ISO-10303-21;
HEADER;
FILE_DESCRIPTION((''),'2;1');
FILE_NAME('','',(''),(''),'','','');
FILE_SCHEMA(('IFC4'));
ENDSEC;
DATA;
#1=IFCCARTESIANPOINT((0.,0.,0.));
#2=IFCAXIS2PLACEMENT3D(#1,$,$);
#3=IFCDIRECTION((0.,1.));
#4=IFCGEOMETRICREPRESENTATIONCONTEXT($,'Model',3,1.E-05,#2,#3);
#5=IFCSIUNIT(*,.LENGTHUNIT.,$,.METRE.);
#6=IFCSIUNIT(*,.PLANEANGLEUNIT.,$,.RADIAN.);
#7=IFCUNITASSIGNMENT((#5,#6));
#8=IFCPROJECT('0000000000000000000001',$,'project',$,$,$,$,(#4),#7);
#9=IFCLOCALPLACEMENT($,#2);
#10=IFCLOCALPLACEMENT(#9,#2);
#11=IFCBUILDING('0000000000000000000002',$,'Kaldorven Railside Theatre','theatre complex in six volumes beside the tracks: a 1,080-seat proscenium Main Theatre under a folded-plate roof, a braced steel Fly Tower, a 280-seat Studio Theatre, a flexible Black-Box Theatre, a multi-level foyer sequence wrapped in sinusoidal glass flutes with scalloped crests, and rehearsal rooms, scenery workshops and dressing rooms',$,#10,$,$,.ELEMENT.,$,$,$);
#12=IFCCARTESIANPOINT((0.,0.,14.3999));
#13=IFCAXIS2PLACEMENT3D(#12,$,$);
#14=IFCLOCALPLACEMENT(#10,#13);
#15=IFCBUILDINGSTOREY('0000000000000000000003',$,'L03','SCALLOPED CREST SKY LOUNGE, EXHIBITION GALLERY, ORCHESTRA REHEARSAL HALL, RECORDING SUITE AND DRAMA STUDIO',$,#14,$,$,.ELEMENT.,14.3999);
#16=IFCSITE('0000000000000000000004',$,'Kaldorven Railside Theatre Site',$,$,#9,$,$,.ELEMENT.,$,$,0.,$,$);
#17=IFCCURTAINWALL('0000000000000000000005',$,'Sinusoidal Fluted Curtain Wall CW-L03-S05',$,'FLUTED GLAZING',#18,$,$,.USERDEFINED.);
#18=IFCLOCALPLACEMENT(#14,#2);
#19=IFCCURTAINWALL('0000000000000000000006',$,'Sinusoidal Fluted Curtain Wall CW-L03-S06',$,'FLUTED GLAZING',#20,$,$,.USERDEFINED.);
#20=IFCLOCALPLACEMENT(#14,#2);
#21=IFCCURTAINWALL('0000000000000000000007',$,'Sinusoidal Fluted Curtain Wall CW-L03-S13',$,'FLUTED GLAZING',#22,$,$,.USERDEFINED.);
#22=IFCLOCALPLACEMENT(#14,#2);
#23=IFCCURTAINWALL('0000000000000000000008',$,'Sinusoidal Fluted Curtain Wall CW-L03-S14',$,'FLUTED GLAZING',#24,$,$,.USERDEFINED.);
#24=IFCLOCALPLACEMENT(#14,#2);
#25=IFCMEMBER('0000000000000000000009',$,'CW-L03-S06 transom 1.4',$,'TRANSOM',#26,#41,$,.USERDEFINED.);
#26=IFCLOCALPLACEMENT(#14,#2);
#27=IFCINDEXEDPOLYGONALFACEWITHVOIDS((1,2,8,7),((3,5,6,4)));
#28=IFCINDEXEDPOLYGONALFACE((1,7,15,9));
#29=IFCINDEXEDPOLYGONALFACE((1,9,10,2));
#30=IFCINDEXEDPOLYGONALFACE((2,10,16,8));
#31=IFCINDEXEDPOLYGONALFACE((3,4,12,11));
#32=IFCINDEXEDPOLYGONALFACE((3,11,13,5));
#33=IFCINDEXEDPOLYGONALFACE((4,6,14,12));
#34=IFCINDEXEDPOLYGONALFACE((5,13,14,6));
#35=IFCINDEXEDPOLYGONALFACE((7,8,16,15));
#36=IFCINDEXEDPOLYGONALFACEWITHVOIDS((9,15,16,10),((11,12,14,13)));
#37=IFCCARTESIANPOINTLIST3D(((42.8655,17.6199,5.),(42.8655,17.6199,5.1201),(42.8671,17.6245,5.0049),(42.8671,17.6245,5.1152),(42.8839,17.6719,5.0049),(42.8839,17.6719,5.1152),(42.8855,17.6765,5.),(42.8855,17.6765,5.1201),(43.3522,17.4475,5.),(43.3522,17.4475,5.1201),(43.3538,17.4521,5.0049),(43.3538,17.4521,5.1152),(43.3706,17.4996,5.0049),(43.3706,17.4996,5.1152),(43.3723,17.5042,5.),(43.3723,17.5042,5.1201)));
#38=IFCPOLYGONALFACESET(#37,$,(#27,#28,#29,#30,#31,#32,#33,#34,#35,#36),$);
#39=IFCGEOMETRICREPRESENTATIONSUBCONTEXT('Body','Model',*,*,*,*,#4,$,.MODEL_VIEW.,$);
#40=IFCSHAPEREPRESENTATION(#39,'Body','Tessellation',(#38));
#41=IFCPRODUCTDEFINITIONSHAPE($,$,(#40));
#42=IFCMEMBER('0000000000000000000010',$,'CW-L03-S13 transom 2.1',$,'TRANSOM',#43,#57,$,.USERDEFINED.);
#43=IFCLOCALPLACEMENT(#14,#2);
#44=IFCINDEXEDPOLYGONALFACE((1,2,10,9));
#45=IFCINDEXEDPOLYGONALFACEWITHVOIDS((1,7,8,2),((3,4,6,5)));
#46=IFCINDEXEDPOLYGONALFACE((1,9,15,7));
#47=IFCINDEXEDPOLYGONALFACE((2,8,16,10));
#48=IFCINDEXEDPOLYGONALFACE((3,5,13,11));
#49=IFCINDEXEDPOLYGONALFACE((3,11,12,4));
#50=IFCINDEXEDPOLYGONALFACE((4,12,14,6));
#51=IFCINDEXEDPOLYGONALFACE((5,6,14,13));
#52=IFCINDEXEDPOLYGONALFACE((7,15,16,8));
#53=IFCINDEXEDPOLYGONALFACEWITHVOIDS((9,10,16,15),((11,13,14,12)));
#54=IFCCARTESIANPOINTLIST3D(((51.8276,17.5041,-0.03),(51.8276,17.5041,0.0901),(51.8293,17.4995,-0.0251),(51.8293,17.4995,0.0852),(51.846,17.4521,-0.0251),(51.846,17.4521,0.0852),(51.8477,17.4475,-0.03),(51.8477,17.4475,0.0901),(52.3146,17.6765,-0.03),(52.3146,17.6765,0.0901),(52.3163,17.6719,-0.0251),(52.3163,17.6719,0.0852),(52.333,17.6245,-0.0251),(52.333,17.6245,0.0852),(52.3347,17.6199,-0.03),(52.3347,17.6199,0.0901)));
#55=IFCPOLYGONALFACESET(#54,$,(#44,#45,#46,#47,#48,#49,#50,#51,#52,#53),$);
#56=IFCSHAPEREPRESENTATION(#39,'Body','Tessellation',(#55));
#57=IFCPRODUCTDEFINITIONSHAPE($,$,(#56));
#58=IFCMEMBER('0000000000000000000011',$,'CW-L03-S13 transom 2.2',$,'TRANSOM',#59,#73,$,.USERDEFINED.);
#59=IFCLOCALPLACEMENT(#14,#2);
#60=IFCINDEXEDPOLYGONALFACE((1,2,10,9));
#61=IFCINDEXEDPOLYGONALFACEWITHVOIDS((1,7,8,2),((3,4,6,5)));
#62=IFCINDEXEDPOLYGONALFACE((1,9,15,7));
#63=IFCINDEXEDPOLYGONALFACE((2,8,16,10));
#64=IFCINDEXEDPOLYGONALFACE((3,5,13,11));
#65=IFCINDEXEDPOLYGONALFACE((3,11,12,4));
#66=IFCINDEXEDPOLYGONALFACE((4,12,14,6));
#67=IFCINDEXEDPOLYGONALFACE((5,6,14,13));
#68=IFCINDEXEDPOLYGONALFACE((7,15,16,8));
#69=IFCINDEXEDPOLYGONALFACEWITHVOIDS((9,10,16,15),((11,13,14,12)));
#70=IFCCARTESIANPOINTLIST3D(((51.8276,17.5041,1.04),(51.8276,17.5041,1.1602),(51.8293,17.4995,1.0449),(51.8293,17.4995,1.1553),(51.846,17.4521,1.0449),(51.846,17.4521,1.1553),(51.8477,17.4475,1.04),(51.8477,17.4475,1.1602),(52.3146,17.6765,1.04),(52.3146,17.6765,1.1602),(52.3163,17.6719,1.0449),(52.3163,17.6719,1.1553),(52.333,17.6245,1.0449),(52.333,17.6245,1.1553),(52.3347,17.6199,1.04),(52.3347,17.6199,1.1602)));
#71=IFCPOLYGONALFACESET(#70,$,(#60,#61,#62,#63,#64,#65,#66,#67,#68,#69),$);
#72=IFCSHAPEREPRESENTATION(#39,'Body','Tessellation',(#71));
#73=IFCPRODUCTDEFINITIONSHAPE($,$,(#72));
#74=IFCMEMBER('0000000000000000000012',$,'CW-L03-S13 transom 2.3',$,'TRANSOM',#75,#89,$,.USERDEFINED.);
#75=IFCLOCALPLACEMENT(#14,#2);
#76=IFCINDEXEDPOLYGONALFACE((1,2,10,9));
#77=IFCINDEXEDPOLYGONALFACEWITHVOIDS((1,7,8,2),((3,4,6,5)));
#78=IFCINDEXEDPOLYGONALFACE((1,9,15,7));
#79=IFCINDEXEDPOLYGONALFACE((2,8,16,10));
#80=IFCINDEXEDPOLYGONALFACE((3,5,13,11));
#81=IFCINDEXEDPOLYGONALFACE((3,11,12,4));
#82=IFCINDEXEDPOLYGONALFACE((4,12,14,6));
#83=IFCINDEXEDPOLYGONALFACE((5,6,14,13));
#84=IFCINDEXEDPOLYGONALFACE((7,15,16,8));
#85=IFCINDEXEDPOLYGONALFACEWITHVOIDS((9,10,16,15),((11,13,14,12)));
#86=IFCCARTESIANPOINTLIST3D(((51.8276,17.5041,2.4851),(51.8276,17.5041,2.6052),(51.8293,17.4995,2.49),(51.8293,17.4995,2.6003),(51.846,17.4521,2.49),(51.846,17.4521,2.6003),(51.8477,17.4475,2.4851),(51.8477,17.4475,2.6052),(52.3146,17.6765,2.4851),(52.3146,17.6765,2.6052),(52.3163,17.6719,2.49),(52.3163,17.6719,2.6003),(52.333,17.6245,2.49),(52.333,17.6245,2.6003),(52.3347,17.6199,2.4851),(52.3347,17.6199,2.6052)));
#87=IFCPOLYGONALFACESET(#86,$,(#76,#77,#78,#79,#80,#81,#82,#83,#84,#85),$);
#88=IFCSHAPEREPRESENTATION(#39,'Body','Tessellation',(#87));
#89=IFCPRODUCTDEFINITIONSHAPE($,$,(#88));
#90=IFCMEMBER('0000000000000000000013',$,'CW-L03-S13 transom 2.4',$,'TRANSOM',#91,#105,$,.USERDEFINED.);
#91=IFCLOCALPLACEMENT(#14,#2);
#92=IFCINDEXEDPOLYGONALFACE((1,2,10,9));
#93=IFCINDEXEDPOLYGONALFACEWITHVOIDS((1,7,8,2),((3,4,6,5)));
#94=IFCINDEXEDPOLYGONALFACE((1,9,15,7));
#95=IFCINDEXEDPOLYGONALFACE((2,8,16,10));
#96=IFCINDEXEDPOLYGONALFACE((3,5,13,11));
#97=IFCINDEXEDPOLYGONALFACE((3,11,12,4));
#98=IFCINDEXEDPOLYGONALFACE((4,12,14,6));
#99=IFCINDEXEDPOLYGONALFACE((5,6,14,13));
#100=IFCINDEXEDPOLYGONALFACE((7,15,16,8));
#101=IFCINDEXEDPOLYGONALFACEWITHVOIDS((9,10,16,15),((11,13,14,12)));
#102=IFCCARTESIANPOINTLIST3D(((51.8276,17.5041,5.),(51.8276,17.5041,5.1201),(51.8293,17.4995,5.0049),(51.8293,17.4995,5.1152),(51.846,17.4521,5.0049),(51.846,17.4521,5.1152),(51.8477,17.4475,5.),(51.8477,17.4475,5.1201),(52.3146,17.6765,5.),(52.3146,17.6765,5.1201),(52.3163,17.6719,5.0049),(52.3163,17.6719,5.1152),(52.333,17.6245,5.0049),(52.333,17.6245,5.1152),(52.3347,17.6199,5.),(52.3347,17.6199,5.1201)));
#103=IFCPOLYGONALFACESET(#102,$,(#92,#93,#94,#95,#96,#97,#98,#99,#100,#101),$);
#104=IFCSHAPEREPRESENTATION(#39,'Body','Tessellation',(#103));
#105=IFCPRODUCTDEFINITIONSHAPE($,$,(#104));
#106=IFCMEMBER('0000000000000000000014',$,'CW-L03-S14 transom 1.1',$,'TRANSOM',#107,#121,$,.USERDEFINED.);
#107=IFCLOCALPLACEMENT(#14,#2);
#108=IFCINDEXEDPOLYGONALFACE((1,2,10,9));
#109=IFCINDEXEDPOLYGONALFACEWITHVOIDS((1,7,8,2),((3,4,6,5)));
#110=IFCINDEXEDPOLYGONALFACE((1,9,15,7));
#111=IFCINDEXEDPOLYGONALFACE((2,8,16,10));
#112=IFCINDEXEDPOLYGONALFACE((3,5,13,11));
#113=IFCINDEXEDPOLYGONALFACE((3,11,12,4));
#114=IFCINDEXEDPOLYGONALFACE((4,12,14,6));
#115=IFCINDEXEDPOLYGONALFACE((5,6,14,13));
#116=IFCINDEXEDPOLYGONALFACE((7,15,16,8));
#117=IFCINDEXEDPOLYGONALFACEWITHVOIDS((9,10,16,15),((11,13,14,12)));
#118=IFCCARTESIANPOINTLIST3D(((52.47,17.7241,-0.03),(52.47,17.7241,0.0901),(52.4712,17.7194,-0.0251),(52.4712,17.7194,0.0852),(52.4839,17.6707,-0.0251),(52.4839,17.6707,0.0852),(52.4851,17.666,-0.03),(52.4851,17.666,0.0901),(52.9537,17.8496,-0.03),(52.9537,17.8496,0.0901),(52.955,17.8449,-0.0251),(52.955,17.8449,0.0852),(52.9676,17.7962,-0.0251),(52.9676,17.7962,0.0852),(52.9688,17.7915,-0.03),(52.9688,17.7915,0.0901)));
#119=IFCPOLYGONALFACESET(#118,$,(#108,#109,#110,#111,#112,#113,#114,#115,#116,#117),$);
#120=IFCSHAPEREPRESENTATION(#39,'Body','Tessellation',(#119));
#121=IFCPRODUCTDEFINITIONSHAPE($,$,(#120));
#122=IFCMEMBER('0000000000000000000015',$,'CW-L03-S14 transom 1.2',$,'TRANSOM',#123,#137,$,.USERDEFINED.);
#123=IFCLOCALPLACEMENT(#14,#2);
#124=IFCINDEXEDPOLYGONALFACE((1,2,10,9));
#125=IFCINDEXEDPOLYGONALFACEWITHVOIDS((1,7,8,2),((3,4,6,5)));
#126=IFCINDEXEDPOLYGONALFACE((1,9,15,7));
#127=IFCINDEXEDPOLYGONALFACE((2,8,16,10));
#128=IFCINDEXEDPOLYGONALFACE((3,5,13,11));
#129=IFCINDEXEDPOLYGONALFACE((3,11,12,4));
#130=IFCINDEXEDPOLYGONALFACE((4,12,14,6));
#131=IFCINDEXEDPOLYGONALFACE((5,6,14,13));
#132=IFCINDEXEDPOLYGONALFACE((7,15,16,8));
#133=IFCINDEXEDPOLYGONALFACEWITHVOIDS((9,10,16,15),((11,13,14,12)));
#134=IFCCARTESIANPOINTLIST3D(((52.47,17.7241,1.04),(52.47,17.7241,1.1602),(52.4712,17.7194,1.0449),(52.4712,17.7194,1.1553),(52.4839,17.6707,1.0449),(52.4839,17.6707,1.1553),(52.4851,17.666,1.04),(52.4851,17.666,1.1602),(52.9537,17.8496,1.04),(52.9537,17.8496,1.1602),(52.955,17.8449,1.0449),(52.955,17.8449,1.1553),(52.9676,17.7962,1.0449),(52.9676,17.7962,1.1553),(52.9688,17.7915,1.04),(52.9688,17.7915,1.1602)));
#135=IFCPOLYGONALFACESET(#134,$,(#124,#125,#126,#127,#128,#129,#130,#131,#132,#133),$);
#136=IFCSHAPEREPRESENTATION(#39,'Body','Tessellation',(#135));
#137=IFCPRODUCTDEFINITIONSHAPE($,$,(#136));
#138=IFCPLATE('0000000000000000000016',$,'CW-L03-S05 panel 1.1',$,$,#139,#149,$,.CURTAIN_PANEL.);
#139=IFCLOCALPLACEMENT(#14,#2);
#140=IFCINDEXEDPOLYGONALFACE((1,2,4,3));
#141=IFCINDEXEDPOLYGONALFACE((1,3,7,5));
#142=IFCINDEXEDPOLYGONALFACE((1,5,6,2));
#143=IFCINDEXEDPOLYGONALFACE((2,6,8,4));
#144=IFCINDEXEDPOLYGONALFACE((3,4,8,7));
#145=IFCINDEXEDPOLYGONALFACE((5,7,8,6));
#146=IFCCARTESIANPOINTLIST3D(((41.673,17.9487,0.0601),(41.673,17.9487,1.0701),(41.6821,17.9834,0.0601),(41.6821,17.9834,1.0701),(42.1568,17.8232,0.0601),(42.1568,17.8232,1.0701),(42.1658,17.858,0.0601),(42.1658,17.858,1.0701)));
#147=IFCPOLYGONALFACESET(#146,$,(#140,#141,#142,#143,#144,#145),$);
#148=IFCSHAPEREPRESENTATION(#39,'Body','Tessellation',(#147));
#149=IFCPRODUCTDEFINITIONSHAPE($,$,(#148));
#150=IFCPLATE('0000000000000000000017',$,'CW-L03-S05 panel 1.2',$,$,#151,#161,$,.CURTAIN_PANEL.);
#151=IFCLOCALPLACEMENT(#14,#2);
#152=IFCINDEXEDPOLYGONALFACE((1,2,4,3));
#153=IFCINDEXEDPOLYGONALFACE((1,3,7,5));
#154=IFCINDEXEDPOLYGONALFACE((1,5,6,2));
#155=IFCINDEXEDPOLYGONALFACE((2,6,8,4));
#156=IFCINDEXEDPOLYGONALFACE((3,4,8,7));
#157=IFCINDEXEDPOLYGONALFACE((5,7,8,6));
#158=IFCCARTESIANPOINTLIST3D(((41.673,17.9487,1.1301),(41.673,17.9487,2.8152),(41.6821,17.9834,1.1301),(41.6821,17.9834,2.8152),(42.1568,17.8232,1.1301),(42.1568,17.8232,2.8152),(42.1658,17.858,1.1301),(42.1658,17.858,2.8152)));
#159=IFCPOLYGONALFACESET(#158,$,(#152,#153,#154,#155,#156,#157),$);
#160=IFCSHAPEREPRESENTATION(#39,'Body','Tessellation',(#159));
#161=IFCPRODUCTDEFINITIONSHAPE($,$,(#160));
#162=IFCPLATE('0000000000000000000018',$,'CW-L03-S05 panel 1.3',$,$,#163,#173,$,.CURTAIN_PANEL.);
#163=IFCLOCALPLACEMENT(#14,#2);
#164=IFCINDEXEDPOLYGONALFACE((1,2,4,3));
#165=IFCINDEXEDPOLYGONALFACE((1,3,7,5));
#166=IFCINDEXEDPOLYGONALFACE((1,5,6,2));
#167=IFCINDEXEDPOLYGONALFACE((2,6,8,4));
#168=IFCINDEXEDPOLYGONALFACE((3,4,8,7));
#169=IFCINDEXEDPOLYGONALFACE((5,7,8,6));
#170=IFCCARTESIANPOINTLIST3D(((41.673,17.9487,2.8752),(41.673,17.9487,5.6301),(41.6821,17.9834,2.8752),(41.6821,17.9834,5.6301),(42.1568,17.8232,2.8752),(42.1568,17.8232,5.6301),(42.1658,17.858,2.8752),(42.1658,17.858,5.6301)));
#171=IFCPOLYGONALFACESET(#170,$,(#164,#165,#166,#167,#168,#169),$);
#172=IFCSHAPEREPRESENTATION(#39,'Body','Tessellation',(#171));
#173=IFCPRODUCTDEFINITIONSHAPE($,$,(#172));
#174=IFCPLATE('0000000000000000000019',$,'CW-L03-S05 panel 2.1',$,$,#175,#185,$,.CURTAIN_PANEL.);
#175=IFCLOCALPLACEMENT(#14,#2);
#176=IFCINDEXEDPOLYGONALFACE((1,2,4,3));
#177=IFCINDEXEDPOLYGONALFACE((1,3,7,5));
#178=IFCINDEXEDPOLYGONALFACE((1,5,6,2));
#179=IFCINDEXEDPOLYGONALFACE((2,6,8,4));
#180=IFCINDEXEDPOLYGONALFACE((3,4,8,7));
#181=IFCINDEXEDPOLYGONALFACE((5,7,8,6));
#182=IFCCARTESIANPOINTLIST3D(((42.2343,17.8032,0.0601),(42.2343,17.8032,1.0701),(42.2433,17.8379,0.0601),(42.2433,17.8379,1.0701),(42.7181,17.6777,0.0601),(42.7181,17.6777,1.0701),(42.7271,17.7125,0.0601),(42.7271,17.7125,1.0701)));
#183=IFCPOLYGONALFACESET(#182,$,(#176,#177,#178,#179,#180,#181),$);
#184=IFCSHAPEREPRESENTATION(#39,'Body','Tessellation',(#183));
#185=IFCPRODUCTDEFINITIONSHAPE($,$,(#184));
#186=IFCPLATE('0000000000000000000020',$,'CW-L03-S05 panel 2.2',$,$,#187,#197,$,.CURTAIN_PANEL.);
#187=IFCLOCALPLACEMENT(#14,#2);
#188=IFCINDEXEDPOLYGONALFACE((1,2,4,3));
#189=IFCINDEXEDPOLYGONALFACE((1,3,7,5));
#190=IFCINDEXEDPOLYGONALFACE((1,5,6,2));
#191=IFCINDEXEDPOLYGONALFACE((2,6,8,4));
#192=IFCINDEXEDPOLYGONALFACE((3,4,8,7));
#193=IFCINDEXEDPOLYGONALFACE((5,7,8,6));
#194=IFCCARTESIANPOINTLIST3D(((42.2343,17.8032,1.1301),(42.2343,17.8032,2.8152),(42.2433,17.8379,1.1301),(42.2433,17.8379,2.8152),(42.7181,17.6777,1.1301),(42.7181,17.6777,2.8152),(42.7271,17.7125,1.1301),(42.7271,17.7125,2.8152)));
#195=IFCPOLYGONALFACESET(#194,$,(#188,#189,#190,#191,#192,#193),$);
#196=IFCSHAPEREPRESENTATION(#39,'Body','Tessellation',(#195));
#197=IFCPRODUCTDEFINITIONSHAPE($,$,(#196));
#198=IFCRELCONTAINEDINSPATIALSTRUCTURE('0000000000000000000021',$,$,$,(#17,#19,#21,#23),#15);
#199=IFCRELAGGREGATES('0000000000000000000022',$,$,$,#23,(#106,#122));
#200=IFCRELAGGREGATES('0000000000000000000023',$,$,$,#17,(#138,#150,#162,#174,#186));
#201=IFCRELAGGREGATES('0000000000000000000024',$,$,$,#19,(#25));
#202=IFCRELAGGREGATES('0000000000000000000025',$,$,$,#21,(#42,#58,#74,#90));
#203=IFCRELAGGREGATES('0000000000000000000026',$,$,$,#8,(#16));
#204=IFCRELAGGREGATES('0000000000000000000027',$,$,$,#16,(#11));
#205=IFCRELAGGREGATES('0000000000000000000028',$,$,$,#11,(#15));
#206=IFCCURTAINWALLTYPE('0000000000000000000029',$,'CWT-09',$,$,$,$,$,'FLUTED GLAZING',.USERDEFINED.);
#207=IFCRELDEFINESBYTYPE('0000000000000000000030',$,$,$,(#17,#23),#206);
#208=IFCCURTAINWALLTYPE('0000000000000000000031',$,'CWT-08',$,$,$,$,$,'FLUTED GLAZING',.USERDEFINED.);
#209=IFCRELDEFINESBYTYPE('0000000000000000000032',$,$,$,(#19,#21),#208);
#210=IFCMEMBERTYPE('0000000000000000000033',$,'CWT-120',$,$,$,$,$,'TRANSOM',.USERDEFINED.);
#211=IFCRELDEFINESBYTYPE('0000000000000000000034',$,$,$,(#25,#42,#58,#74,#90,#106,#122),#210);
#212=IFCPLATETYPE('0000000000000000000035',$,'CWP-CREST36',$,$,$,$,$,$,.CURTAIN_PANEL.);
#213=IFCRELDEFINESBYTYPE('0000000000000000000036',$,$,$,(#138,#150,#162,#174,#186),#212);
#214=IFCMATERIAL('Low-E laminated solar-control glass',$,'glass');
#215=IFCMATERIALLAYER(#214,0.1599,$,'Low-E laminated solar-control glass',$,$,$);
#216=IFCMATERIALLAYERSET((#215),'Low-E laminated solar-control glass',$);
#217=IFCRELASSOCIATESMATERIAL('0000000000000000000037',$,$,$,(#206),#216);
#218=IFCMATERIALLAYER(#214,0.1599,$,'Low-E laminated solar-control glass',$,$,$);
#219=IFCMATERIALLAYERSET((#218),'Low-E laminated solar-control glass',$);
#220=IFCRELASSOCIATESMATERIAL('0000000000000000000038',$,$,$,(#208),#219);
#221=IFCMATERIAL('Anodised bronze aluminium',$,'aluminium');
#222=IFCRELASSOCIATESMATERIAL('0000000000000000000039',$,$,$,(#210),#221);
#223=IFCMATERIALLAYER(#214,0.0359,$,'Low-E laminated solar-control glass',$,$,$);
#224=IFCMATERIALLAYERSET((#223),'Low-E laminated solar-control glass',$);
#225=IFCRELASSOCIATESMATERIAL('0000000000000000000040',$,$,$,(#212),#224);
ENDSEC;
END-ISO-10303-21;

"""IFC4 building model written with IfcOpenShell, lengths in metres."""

from ifc_helpers import new_model, si_unit, direction, frame, origin, origin_2d, place, context, subcontext, project, spatial, rectangle, hollow_rectangle, extrude, material, layer, layer_set, material_profile, profile_set, type_object, element, aggregate, save


model = new_model("IFC4")

# Units and contexts
model_context = context("Model", 3, precision=1e-05, world=origin(), true_north=direction((0.0, 1.0)))
body_context = subcontext(model_context, "Body", "Model", "MODEL_VIEW")
ifc_project = project(units=[si_unit("LENGTHUNIT", "METRE"), si_unit("PLANEANGLEUNIT", "RADIAN")], contexts=[model_context])

# Site, building, storey
site_placement = place(None, origin())
site = spatial("IfcSite", under=ifc_project, at=site_placement, Name="Kaldorven Railside Theatre Site", CompositionType="ELEMENT", RefElevation=0.0)
building_placement = place(site_placement, origin())
building = spatial("IfcBuilding", under=site, at=building_placement, Name="Kaldorven Railside Theatre", Description="theatre complex in six volumes beside the tracks: a 1,080-seat proscenium Main Theatre under a folded-plate roof, a braced steel Fly Tower, a 280-seat Studio Theatre, a flexible Black-Box Theatre, a multi-level foyer sequence wrapped in sinusoidal glass flutes with scalloped crests, and rehearsal rooms, scenery workshops and dressing rooms", CompositionType="ELEMENT")
storey_placement = place(building_placement, frame((0.0, 0.0, 14.3999)))
storey = spatial("IfcBuildingStorey", under=building, at=storey_placement, Name="L03", Description="SCALLOPED CREST SKY LOUNGE, EXHIBITION GALLERY, ORCHESTRA REHEARSAL HALL, RECORDING SUITE AND DRAMA STUDIO", CompositionType="ELEMENT", Elevation=14.3999)

# Shared definitions
ifc_material_1 = material(Name="Low-E laminated solar-control glass", Category="glass")
ifc_material_2 = material(Name="Anodised bronze aluminium", Category="aluminium")

# Curtain wall
ifc_layer_1 = layer(ifc_material_1, 0.1599, Name="Low-E laminated solar-control glass")
ifc_layer_set_1 = layer_set([ifc_layer_1], Name="Low-E laminated solar-control glass")
curtain_wall_type_1 = type_object("IfcCurtainWallType", Name="CWT-09", ElementType="FLUTED GLAZING", PredefinedType="USERDEFINED", material=ifc_layer_set_1)
curtain_wall_1_placement = place(storey_placement, origin())
curtain_wall_1 = element("IfcCurtainWall", 1, at=curtain_wall_1_placement, inside=storey, type_object=curtain_wall_type_1, Name="Sinusoidal Fluted Curtain Wall CW-L03-S05", ObjectType="FLUTED GLAZING", PredefinedType="USERDEFINED")

# Curtain walls
ifc_layer_2 = layer(ifc_material_1, 0.1599, Name="Low-E laminated solar-control glass")
ifc_layer_set_2 = layer_set([ifc_layer_2], Name="Low-E laminated solar-control glass")
curtain_wall_type_2 = type_object("IfcCurtainWallType", Name="CWT-08", ElementType="FLUTED GLAZING", PredefinedType="USERDEFINED", material=ifc_layer_set_2)
curtain_wall_2_placement = place(storey_placement, origin())
curtain_wall_2 = element("IfcCurtainWall", 2, at=curtain_wall_2_placement, inside=storey, type_object=curtain_wall_type_2, Name="Sinusoidal Fluted Curtain Wall CW-L03-S06", ObjectType="FLUTED GLAZING", PredefinedType="USERDEFINED")
curtain_wall_3_placement = place(storey_placement, origin())
curtain_wall_3 = element("IfcCurtainWall", 3, at=curtain_wall_3_placement, inside=storey, type_object=curtain_wall_type_2, Name="Sinusoidal Fluted Curtain Wall CW-L03-S13", ObjectType="FLUTED GLAZING", PredefinedType="USERDEFINED")
curtain_wall_4_placement = place(storey_placement, origin())
curtain_wall_4 = element("IfcCurtainWall", 4, at=curtain_wall_4_placement, inside=storey, type_object=curtain_wall_type_1, Name="Sinusoidal Fluted Curtain Wall CW-L03-S14", ObjectType="FLUTED GLAZING", PredefinedType="USERDEFINED")

# Members
ifc_material_profile_1 = material_profile(ifc_material_2, hollow_rectangle(XDim=0.0601, YDim=0.1201, WallThickness=0.0049, at=origin_2d()), Name="RHS 120x60x5")
ifc_profile_set_1 = profile_set([ifc_material_profile_1], Name="Anodised bronze aluminium")
member_type_1 = type_object("IfcMemberType", Name="CWT-120", ElementType="TRANSOM", PredefinedType="USERDEFINED", material=ifc_profile_set_1)
member_1_placement = place(storey_placement, frame((42.8755, 17.6482, 5.0601), z_axis=(0.942658, -0.33376, 0.0), x_axis=(0.33376, 0.942658, 0.0)))
member_1 = element("IfcMember", 5, at=member_1_placement, type_object=member_type_1, Name="CW-L03-S06 transom 1.4", ObjectType="TRANSOM", PredefinedType="USERDEFINED", context=body_context, shape_type="SweptSolid", body=[
    extrude(hollow_rectangle(XDim=0.0601, YDim=0.1201, WallThickness=0.0049, at=origin_2d()), origin(), (0.0, 0.0, 1.0), 0.5164),
])
member_2_placement = place(storey_placement, frame((51.8376, 17.4758, 0.03), z_axis=(0.942711, 0.333611, 0.0), x_axis=(-0.333611, 0.942711, 0.0)))
member_2 = element("IfcMember", 6, at=member_2_placement, type_object=member_type_1, Name="CW-L03-S13 transom 2.1", ObjectType="TRANSOM", PredefinedType="USERDEFINED", context=body_context, shape_type="SweptSolid", body=[
    extrude(hollow_rectangle(XDim=0.0601, YDim=0.1201, WallThickness=0.0049, at=origin_2d()), origin(), (0.0, 0.0, 1.0), 0.5166),
])
member_3_placement = place(storey_placement, frame((51.8376, 17.4758, 1.1001), z_axis=(0.942711, 0.333611, 0.0), x_axis=(-0.333611, 0.942711, 0.0)))
member_3 = element("IfcMember", 7, at=member_3_placement, type_object=member_type_1, Name="CW-L03-S13 transom 2.2", ObjectType="TRANSOM", PredefinedType="USERDEFINED", context=body_context, shape_type="SweptSolid", body=[
    extrude(hollow_rectangle(XDim=0.0601, YDim=0.1201, WallThickness=0.0049, at=origin_2d()), origin(), (0.0, 0.0, 1.0), 0.5166),
])
member_4_placement = place(storey_placement, frame((51.8376, 17.4758, 2.5452), z_axis=(0.942711, 0.333611, 0.0), x_axis=(-0.333611, 0.942711, 0.0)))
member_4 = element("IfcMember", 8, at=member_4_placement, type_object=member_type_1, Name="CW-L03-S13 transom 2.3", ObjectType="TRANSOM", PredefinedType="USERDEFINED", context=body_context, shape_type="SweptSolid", body=[
    extrude(hollow_rectangle(XDim=0.0601, YDim=0.1201, WallThickness=0.0049, at=origin_2d()), origin(), (0.0, 0.0, 1.0), 0.5166),
])
member_5_placement = place(storey_placement, frame((51.8376, 17.4758, 5.0601), z_axis=(0.942711, 0.333611, 0.0), x_axis=(-0.333611, 0.942711, 0.0)))
member_5 = element("IfcMember", 9, at=member_5_placement, type_object=member_type_1, Name="CW-L03-S13 transom 2.4", ObjectType="TRANSOM", PredefinedType="USERDEFINED", context=body_context, shape_type="SweptSolid", body=[
    extrude(hollow_rectangle(XDim=0.0601, YDim=0.1201, WallThickness=0.0049, at=origin_2d()), origin(), (0.0, 0.0, 1.0), 0.5166),
])
member_6_placement = place(storey_placement, frame((52.4775, 17.6951, 0.03), z_axis=(0.967949, 0.251149, 0.0), x_axis=(-0.251149, 0.967949, 0.0)))
member_6 = element("IfcMember", 10, at=member_6_placement, type_object=member_type_1, Name="CW-L03-S14 transom 1.1", ObjectType="TRANSOM", PredefinedType="USERDEFINED", context=body_context, shape_type="SweptSolid", body=[
    extrude(hollow_rectangle(XDim=0.0601, YDim=0.1201, WallThickness=0.0049, at=origin_2d()), origin(), (0.0, 0.0, 1.0), 0.4998),
])
member_7_placement = place(storey_placement, frame((52.4775, 17.6951, 1.1001), z_axis=(0.967949, 0.251149, 0.0), x_axis=(-0.251149, 0.967949, 0.0)))
member_7 = element("IfcMember", 11, at=member_7_placement, type_object=member_type_1, Name="CW-L03-S14 transom 1.2", ObjectType="TRANSOM", PredefinedType="USERDEFINED", context=body_context, shape_type="SweptSolid", body=[
    extrude(hollow_rectangle(XDim=0.0601, YDim=0.1201, WallThickness=0.0049, at=origin_2d()), origin(), (0.0, 0.0, 1.0), 0.4998),
])
aggregate(curtain_wall_4, [member_6, member_7])

# Plates
ifc_layer_3 = layer(ifc_material_1, 0.0359, Name="Low-E laminated solar-control glass")
ifc_layer_set_3 = layer_set([ifc_layer_3], Name="Low-E laminated solar-control glass")
plate_type = type_object("IfcPlateType", Name="CWP-CREST36", PredefinedType="CURTAIN_PANEL", material=ifc_layer_set_3)
plate_1_placement = place(storey_placement, frame((41.9194, 17.9033, 0.0601), z_axis=(0.0, 0.0, 1.0), x_axis=(0.967999, -0.250954, 0.0)))
plate_1 = element("IfcPlate", 12, at=plate_1_placement, type_object=plate_type, Name="CW-L03-S05 panel 1.1", PredefinedType="CURTAIN_PANEL", context=body_context, shape_type="SweptSolid", body=[
    extrude(rectangle(XDim=0.4998, YDim=0.0359, at=origin_2d()), origin(), (0.0, 0.0, 1.0), 1.01),
])
plate_2_placement = place(storey_placement, frame((41.9194, 17.9033, 1.1301), z_axis=(0.0, 0.0, 1.0), x_axis=(0.967999, -0.250954, 0.0)))
plate_2 = element("IfcPlate", 13, at=plate_2_placement, type_object=plate_type, Name="CW-L03-S05 panel 1.2", PredefinedType="CURTAIN_PANEL", context=body_context, shape_type="SweptSolid", body=[
    extrude(rectangle(XDim=0.4998, YDim=0.0359, at=origin_2d()), origin(), (0.0, 0.0, 1.0), 1.6851),
])
plate_3_placement = place(storey_placement, frame((41.9194, 17.9033, 2.8752), z_axis=(0.0, 0.0, 1.0), x_axis=(0.967999, -0.250954, 0.0)))
plate_3 = element("IfcPlate", 14, at=plate_3_placement, type_object=plate_type, Name="CW-L03-S05 panel 1.3", PredefinedType="CURTAIN_PANEL", context=body_context, shape_type="SweptSolid", body=[
    extrude(rectangle(XDim=0.4998, YDim=0.0359, at=origin_2d()), origin(), (0.0, 0.0, 1.0), 2.7549),
])
plate_4_placement = place(storey_placement, frame((42.4807, 17.7578, 0.0601), z_axis=(0.0, 0.0, 1.0), x_axis=(0.967999, -0.250954, 0.0)))
plate_4 = element("IfcPlate", 15, at=plate_4_placement, type_object=plate_type, Name="CW-L03-S05 panel 2.1", PredefinedType="CURTAIN_PANEL", context=body_context, shape_type="SweptSolid", body=[
    extrude(rectangle(XDim=0.4998, YDim=0.0359, at=origin_2d()), origin(), (0.0, 0.0, 1.0), 1.01),
])
plate_5_placement = place(storey_placement, frame((42.4807, 17.7578, 1.1301), z_axis=(0.0, 0.0, 1.0), x_axis=(0.967999, -0.250954, 0.0)))
plate_5 = element("IfcPlate", 16, at=plate_5_placement, type_object=plate_type, Name="CW-L03-S05 panel 2.2", PredefinedType="CURTAIN_PANEL", context=body_context, shape_type="SweptSolid", body=[
    extrude(rectangle(XDim=0.4998, YDim=0.0359, at=origin_2d()), origin(), (0.0, 0.0, 1.0), 1.6851),
])
aggregate(curtain_wall_1, [plate_1, plate_2, plate_3, plate_4, plate_5])
aggregate(curtain_wall_2, [member_1])
aggregate(curtain_wall_3, [member_2, member_3, member_4, member_5])

save(model, "model.ifc")
